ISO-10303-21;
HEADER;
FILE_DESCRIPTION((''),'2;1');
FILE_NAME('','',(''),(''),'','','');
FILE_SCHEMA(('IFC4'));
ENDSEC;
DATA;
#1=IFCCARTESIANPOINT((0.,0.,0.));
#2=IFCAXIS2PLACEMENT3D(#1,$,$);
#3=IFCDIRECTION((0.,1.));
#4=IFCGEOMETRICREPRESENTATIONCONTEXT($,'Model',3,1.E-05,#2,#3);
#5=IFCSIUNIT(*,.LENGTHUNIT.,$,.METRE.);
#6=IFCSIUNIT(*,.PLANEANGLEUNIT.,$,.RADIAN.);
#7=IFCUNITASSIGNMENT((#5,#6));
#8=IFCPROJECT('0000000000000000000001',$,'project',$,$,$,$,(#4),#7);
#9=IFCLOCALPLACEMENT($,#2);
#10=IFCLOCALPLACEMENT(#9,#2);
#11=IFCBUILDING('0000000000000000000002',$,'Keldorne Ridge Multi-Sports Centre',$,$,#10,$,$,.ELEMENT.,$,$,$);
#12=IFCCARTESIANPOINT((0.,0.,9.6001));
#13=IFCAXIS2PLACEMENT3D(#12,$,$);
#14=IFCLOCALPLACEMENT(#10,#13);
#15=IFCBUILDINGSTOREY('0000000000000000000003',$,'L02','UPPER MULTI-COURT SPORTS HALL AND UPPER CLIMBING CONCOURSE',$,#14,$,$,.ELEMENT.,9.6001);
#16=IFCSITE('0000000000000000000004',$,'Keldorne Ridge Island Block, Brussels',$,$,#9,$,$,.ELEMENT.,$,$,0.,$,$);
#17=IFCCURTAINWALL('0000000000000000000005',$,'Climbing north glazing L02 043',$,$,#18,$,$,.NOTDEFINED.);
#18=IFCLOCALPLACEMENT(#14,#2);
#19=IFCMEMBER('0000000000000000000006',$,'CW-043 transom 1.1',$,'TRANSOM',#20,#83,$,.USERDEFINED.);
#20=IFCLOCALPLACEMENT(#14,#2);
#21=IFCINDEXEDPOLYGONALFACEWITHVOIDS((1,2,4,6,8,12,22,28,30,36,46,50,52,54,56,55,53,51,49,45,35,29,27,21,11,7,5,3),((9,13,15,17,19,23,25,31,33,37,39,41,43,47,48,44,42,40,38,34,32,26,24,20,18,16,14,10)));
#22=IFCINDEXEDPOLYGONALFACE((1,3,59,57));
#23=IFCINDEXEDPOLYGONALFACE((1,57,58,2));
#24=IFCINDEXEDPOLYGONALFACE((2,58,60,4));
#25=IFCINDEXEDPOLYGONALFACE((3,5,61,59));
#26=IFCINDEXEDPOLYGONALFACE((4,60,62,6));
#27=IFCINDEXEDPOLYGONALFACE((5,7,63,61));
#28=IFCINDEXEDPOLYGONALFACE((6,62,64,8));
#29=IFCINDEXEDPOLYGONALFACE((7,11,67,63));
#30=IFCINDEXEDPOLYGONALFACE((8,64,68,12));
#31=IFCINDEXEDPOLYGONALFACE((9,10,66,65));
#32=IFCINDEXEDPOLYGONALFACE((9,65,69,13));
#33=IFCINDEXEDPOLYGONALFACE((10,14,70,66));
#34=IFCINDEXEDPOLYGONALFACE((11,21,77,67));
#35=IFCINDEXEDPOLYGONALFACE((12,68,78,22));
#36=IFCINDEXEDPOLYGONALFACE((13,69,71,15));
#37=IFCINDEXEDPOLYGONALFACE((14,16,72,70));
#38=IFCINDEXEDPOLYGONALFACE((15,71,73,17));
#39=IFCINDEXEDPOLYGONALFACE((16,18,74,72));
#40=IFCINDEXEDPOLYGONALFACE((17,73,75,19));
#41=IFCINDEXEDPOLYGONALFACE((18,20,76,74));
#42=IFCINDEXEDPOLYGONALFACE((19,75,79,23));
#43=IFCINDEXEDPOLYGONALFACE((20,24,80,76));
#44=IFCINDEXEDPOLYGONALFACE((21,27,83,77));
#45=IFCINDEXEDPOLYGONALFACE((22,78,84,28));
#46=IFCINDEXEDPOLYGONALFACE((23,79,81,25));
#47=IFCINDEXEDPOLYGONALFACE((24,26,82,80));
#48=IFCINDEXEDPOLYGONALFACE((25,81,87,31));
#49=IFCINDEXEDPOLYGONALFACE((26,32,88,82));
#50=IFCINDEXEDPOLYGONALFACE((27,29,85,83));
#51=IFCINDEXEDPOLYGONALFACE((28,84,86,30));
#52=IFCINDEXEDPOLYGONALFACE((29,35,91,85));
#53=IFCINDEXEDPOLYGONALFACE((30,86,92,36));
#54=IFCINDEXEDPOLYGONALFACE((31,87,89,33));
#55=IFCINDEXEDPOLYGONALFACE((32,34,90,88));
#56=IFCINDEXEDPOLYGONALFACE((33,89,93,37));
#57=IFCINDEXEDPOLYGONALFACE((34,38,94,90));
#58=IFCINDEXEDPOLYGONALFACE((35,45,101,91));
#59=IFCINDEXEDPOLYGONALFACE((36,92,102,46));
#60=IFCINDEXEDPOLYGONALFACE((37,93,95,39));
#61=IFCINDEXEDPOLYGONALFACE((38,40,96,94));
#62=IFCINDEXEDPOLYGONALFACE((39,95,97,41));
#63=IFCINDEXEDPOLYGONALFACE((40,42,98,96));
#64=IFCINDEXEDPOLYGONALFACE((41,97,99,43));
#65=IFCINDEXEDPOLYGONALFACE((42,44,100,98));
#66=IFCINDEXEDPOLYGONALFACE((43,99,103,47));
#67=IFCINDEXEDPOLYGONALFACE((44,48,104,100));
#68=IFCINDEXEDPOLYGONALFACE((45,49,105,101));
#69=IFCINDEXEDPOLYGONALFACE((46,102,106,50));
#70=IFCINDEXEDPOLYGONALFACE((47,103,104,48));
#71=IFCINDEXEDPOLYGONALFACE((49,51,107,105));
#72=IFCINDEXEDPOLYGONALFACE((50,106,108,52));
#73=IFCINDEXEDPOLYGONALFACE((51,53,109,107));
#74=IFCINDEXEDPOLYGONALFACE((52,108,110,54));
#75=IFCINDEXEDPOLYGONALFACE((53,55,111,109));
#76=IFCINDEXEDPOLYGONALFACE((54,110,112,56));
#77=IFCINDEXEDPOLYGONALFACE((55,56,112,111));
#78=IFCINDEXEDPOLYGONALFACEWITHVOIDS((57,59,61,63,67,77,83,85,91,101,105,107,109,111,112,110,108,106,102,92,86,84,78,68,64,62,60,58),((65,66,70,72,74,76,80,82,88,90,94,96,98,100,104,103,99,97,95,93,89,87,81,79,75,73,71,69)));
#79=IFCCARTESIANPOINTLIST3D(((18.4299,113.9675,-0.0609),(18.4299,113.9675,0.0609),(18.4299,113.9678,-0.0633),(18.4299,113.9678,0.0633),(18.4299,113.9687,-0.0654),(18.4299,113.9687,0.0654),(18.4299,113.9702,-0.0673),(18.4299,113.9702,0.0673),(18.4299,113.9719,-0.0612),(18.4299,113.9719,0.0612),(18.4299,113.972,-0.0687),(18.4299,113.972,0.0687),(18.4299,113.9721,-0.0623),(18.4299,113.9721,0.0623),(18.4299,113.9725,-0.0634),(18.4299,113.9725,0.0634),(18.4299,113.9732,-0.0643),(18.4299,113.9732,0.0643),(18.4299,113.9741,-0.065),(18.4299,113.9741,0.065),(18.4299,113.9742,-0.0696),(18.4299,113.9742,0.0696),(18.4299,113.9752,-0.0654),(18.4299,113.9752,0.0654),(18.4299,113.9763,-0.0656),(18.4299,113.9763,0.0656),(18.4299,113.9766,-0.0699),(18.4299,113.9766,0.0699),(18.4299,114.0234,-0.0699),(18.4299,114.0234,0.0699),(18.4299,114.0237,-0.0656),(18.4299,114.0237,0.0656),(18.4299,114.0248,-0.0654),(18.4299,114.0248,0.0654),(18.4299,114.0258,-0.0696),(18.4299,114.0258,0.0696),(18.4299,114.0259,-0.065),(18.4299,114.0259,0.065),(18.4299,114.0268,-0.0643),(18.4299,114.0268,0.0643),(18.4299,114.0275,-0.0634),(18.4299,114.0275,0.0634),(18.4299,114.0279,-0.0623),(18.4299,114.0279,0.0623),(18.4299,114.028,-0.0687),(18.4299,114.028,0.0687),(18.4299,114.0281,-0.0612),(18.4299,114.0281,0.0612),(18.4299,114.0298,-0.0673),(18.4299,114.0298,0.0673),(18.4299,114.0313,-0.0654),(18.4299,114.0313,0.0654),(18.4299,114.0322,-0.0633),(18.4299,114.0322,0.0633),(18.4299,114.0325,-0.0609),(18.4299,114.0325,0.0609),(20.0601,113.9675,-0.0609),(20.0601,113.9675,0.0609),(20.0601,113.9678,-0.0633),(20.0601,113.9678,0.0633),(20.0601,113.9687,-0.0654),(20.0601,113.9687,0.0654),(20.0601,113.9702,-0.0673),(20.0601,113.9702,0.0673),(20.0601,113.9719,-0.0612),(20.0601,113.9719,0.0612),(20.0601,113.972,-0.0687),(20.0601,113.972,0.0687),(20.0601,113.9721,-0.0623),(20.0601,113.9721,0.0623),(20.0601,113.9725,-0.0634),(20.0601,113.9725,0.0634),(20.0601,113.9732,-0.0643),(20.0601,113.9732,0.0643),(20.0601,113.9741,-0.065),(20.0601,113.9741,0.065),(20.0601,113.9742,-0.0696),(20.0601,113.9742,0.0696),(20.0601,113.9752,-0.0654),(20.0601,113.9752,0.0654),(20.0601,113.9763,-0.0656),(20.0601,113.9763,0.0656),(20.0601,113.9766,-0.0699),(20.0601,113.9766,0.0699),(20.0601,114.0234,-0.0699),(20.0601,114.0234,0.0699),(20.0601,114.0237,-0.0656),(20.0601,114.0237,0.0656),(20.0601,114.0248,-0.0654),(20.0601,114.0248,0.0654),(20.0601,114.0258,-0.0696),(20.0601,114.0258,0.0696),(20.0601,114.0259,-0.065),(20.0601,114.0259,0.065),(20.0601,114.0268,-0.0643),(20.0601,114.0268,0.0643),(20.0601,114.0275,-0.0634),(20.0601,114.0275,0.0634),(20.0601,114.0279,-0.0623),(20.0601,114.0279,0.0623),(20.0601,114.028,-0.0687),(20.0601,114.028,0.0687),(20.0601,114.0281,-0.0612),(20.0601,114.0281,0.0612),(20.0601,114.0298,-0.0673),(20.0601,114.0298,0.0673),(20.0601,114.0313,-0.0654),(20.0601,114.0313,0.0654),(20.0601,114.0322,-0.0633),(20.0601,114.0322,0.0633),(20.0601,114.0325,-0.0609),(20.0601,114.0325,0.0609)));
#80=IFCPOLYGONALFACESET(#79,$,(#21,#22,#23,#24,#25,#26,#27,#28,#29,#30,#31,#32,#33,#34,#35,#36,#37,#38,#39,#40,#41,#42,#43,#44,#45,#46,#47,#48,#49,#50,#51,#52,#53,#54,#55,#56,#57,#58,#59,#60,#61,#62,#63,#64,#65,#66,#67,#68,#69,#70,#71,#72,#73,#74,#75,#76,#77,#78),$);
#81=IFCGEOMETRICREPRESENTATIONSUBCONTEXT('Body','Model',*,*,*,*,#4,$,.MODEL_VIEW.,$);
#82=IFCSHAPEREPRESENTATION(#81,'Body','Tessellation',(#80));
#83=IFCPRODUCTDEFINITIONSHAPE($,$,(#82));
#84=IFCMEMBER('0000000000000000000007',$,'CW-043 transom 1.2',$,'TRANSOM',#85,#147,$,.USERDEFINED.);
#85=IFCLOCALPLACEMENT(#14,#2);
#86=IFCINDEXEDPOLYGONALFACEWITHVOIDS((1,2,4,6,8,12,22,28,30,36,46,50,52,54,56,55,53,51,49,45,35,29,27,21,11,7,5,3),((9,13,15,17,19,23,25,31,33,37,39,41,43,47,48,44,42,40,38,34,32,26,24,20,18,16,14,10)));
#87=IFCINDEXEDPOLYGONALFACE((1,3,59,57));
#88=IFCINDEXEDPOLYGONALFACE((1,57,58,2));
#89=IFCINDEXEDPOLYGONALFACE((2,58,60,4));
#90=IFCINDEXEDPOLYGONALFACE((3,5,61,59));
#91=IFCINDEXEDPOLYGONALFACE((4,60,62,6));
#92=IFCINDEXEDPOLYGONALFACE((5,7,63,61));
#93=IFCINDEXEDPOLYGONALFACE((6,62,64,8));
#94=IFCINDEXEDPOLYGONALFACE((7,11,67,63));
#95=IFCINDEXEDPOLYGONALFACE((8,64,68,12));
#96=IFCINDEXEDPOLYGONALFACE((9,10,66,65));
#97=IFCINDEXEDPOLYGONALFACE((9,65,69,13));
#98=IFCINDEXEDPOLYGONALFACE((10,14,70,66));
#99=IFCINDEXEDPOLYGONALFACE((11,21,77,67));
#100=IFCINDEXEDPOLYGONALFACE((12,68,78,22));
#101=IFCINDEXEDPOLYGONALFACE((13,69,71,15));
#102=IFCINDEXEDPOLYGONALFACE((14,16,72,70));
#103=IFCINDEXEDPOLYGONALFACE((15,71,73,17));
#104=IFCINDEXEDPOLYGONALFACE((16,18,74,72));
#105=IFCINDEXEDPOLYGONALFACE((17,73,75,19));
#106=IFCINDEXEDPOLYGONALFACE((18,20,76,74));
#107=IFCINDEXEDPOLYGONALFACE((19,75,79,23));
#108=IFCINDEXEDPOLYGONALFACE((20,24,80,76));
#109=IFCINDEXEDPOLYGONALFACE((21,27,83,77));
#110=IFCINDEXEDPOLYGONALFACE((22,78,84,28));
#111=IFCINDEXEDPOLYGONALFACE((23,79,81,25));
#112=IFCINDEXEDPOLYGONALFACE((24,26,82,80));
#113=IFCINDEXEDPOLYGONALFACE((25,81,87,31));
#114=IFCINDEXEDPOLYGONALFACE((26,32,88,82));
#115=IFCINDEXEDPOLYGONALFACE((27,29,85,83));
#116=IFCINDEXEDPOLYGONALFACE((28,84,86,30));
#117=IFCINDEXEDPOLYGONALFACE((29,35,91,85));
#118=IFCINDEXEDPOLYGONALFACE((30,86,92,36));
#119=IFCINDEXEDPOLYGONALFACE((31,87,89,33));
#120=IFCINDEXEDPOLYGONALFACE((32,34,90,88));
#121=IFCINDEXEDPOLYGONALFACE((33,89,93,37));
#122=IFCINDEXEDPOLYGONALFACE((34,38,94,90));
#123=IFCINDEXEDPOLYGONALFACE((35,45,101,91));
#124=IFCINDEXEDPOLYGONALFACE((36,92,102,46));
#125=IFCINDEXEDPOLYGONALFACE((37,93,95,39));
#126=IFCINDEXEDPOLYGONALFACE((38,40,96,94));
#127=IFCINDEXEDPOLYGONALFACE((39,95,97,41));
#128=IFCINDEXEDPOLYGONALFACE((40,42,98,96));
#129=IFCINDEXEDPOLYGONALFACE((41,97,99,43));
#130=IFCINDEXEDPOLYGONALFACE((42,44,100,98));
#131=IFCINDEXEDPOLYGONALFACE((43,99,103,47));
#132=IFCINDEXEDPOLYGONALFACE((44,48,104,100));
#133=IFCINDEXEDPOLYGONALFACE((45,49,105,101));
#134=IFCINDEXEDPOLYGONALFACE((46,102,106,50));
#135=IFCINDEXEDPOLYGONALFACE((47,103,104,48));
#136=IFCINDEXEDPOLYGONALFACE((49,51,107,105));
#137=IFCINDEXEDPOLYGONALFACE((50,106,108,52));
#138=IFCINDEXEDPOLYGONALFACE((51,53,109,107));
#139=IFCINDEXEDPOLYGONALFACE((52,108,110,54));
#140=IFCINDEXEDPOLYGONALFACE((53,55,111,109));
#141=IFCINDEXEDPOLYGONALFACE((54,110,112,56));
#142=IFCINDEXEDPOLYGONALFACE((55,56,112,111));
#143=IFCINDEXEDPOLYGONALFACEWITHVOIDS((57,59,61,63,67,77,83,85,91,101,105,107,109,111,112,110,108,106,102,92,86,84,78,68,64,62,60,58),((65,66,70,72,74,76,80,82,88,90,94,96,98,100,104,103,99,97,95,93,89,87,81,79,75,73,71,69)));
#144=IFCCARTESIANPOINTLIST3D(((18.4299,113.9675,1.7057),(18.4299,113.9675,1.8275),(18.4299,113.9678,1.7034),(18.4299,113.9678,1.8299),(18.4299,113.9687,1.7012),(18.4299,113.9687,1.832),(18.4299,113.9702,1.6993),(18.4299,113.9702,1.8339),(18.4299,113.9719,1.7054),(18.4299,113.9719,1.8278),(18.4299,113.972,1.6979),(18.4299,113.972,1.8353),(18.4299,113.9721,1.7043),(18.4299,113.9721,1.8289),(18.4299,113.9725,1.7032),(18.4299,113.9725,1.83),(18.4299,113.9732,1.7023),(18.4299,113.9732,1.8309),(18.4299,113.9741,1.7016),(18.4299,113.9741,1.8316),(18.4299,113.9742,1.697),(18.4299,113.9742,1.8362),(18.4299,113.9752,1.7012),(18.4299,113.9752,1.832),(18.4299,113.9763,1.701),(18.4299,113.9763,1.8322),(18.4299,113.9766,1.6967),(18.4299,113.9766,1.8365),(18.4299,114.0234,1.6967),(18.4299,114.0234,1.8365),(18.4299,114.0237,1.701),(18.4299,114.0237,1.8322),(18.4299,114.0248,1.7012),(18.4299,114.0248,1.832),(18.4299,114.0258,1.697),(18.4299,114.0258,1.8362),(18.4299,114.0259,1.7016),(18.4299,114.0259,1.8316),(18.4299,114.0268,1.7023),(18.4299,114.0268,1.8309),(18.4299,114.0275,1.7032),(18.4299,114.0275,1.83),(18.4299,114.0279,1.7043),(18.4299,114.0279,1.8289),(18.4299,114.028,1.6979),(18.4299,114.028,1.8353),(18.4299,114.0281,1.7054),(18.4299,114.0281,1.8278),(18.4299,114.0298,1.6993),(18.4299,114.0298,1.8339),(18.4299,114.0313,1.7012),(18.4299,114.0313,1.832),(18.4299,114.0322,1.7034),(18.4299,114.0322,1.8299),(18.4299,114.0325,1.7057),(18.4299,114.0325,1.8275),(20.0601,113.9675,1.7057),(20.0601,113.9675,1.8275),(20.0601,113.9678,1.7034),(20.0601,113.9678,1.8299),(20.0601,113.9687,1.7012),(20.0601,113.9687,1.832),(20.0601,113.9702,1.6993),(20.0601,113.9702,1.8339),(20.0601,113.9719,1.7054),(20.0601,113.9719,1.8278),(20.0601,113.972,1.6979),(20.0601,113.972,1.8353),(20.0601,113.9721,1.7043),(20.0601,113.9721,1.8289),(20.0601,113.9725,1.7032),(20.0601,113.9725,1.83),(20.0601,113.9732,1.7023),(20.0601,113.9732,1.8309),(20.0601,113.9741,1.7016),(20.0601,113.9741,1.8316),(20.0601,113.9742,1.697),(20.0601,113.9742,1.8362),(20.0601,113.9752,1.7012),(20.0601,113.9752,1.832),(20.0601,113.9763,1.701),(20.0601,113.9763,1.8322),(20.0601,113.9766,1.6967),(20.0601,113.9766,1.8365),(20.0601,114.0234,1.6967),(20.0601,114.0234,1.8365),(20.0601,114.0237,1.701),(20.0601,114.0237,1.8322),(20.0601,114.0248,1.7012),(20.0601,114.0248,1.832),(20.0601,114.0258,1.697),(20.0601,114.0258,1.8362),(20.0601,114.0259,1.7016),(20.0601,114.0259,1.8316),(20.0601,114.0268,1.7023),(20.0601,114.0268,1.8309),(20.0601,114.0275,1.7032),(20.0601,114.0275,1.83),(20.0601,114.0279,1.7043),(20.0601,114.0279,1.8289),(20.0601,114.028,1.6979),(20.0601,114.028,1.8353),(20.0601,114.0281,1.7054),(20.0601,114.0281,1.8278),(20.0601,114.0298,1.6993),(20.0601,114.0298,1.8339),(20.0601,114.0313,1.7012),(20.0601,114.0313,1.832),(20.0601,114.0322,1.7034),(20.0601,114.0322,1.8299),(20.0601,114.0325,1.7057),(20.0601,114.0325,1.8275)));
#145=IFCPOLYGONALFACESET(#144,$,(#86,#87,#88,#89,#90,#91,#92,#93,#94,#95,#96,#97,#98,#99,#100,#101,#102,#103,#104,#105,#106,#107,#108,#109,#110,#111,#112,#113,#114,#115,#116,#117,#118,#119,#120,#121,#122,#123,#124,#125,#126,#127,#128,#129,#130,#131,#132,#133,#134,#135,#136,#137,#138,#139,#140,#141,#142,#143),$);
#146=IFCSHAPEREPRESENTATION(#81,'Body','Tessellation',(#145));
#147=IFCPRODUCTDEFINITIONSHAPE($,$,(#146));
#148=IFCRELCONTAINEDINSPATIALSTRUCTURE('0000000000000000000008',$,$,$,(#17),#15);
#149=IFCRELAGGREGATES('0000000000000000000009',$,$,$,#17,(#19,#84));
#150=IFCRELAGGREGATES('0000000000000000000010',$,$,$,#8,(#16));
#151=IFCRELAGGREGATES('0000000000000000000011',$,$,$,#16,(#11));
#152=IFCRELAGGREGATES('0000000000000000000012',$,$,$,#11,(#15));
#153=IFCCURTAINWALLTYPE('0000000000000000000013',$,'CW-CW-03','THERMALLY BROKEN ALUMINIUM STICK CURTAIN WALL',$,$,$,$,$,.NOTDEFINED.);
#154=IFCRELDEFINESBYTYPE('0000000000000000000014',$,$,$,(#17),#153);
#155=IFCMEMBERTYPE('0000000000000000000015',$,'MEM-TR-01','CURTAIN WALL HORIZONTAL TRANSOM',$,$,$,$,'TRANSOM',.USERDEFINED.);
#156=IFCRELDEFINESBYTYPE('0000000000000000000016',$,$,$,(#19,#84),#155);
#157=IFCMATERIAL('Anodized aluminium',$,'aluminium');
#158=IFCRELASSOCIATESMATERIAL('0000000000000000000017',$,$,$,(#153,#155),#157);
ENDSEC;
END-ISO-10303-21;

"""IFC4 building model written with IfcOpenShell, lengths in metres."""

from ifc_helpers import new_model, si_unit, direction, frame, origin, origin_2d, place, context, subcontext, project, spatial, hollow_rectangle, extrude, material, material_profile, profile_set, type_object, element, aggregate, save


model = new_model("IFC4")

# Units and contexts
model_context = context("Model", 3, precision=1e-05, world=origin(), true_north=direction((0.0, 1.0)))
body_context = subcontext(model_context, "Body", "Model", "MODEL_VIEW")
ifc_project = project(units=[si_unit("LENGTHUNIT", "METRE"), si_unit("PLANEANGLEUNIT", "RADIAN")], contexts=[model_context])

# Site, building, storey
site_placement = place(None, origin())
site = spatial("IfcSite", under=ifc_project, at=site_placement, Name="Keldorne Ridge Island Block, Brussels", CompositionType="ELEMENT", RefElevation=0.0)
building_placement = place(site_placement, origin())
building = spatial("IfcBuilding", under=site, at=building_placement, Name="Keldorne Ridge Multi-Sports Centre", CompositionType="ELEMENT")
storey_placement = place(building_placement, frame((0.0, 0.0, 9.6001)))
storey = spatial("IfcBuildingStorey", under=building, at=storey_placement, Name="L02", Description="UPPER MULTI-COURT SPORTS HALL AND UPPER CLIMBING CONCOURSE", CompositionType="ELEMENT", Elevation=9.6001)

# Curtain wall
ifc_material_1 = material(Name="Anodized aluminium", Category="aluminium")
curtain_wall_type = type_object("IfcCurtainWallType", Name="CW-CW-03", Description="THERMALLY BROKEN ALUMINIUM STICK CURTAIN WALL", PredefinedType="NOTDEFINED", material=ifc_material_1)
curtain_wall_placement = place(storey_placement, origin())
curtain_wall = element("IfcCurtainWall", 1, at=curtain_wall_placement, inside=storey, type_object=curtain_wall_type, Name="Climbing north glazing L02 043", PredefinedType="NOTDEFINED")

# Members
ifc_material_profile_1 = material_profile(ifc_material_1, hollow_rectangle(XDim=0.0649, YDim=0.1399, WallThickness=0.0044, InnerFilletRadius=0.0044, OuterFilletRadius=0.009, at=origin_2d()), Name="ALU TRANSOM 140x65x4.5")
ifc_profile_set_1 = profile_set([ifc_material_profile_1], Name="Anodized aluminium")
member_type_1 = type_object("IfcMemberType", Name="MEM-TR-01", Description="CURTAIN WALL HORIZONTAL TRANSOM", ElementType="TRANSOM", PredefinedType="USERDEFINED", material=ifc_profile_set_1)
member_1_placement = place(storey_placement, frame((20.0601, 114.0, 0.0), z_axis=(-1.0, 0.0, 0.0), x_axis=(0.0, -1.0, 0.0)))
member_1 = element("IfcMember", 2, at=member_1_placement, type_object=member_type_1, Name="CW-043 transom 1.1", ObjectType="TRANSOM", PredefinedType="USERDEFINED", context=body_context, shape_type="SweptSolid", body=[
    extrude(hollow_rectangle(XDim=0.0649, YDim=0.1399, WallThickness=0.0044, InnerFilletRadius=0.0044, OuterFilletRadius=0.009, at=origin_2d()), origin(), (0.0, 0.0, 1.0), 1.6301),
])
member_2_placement = place(storey_placement, frame((20.0601, 114.0, 1.7666), z_axis=(-1.0, 0.0, 0.0), x_axis=(0.0, -1.0, 0.0)))
member_2 = element("IfcMember", 3, at=member_2_placement, type_object=member_type_1, Name="CW-043 transom 1.2", ObjectType="TRANSOM", PredefinedType="USERDEFINED", context=body_context, shape_type="SweptSolid", body=[
    extrude(hollow_rectangle(XDim=0.0649, YDim=0.1399, WallThickness=0.0044, InnerFilletRadius=0.0044, OuterFilletRadius=0.009, at=origin_2d()), origin(), (0.0, 0.0, 1.0), 1.6301),
])

aggregate(curtain_wall, [member_1, member_2])

save(model, "model.ifc")
